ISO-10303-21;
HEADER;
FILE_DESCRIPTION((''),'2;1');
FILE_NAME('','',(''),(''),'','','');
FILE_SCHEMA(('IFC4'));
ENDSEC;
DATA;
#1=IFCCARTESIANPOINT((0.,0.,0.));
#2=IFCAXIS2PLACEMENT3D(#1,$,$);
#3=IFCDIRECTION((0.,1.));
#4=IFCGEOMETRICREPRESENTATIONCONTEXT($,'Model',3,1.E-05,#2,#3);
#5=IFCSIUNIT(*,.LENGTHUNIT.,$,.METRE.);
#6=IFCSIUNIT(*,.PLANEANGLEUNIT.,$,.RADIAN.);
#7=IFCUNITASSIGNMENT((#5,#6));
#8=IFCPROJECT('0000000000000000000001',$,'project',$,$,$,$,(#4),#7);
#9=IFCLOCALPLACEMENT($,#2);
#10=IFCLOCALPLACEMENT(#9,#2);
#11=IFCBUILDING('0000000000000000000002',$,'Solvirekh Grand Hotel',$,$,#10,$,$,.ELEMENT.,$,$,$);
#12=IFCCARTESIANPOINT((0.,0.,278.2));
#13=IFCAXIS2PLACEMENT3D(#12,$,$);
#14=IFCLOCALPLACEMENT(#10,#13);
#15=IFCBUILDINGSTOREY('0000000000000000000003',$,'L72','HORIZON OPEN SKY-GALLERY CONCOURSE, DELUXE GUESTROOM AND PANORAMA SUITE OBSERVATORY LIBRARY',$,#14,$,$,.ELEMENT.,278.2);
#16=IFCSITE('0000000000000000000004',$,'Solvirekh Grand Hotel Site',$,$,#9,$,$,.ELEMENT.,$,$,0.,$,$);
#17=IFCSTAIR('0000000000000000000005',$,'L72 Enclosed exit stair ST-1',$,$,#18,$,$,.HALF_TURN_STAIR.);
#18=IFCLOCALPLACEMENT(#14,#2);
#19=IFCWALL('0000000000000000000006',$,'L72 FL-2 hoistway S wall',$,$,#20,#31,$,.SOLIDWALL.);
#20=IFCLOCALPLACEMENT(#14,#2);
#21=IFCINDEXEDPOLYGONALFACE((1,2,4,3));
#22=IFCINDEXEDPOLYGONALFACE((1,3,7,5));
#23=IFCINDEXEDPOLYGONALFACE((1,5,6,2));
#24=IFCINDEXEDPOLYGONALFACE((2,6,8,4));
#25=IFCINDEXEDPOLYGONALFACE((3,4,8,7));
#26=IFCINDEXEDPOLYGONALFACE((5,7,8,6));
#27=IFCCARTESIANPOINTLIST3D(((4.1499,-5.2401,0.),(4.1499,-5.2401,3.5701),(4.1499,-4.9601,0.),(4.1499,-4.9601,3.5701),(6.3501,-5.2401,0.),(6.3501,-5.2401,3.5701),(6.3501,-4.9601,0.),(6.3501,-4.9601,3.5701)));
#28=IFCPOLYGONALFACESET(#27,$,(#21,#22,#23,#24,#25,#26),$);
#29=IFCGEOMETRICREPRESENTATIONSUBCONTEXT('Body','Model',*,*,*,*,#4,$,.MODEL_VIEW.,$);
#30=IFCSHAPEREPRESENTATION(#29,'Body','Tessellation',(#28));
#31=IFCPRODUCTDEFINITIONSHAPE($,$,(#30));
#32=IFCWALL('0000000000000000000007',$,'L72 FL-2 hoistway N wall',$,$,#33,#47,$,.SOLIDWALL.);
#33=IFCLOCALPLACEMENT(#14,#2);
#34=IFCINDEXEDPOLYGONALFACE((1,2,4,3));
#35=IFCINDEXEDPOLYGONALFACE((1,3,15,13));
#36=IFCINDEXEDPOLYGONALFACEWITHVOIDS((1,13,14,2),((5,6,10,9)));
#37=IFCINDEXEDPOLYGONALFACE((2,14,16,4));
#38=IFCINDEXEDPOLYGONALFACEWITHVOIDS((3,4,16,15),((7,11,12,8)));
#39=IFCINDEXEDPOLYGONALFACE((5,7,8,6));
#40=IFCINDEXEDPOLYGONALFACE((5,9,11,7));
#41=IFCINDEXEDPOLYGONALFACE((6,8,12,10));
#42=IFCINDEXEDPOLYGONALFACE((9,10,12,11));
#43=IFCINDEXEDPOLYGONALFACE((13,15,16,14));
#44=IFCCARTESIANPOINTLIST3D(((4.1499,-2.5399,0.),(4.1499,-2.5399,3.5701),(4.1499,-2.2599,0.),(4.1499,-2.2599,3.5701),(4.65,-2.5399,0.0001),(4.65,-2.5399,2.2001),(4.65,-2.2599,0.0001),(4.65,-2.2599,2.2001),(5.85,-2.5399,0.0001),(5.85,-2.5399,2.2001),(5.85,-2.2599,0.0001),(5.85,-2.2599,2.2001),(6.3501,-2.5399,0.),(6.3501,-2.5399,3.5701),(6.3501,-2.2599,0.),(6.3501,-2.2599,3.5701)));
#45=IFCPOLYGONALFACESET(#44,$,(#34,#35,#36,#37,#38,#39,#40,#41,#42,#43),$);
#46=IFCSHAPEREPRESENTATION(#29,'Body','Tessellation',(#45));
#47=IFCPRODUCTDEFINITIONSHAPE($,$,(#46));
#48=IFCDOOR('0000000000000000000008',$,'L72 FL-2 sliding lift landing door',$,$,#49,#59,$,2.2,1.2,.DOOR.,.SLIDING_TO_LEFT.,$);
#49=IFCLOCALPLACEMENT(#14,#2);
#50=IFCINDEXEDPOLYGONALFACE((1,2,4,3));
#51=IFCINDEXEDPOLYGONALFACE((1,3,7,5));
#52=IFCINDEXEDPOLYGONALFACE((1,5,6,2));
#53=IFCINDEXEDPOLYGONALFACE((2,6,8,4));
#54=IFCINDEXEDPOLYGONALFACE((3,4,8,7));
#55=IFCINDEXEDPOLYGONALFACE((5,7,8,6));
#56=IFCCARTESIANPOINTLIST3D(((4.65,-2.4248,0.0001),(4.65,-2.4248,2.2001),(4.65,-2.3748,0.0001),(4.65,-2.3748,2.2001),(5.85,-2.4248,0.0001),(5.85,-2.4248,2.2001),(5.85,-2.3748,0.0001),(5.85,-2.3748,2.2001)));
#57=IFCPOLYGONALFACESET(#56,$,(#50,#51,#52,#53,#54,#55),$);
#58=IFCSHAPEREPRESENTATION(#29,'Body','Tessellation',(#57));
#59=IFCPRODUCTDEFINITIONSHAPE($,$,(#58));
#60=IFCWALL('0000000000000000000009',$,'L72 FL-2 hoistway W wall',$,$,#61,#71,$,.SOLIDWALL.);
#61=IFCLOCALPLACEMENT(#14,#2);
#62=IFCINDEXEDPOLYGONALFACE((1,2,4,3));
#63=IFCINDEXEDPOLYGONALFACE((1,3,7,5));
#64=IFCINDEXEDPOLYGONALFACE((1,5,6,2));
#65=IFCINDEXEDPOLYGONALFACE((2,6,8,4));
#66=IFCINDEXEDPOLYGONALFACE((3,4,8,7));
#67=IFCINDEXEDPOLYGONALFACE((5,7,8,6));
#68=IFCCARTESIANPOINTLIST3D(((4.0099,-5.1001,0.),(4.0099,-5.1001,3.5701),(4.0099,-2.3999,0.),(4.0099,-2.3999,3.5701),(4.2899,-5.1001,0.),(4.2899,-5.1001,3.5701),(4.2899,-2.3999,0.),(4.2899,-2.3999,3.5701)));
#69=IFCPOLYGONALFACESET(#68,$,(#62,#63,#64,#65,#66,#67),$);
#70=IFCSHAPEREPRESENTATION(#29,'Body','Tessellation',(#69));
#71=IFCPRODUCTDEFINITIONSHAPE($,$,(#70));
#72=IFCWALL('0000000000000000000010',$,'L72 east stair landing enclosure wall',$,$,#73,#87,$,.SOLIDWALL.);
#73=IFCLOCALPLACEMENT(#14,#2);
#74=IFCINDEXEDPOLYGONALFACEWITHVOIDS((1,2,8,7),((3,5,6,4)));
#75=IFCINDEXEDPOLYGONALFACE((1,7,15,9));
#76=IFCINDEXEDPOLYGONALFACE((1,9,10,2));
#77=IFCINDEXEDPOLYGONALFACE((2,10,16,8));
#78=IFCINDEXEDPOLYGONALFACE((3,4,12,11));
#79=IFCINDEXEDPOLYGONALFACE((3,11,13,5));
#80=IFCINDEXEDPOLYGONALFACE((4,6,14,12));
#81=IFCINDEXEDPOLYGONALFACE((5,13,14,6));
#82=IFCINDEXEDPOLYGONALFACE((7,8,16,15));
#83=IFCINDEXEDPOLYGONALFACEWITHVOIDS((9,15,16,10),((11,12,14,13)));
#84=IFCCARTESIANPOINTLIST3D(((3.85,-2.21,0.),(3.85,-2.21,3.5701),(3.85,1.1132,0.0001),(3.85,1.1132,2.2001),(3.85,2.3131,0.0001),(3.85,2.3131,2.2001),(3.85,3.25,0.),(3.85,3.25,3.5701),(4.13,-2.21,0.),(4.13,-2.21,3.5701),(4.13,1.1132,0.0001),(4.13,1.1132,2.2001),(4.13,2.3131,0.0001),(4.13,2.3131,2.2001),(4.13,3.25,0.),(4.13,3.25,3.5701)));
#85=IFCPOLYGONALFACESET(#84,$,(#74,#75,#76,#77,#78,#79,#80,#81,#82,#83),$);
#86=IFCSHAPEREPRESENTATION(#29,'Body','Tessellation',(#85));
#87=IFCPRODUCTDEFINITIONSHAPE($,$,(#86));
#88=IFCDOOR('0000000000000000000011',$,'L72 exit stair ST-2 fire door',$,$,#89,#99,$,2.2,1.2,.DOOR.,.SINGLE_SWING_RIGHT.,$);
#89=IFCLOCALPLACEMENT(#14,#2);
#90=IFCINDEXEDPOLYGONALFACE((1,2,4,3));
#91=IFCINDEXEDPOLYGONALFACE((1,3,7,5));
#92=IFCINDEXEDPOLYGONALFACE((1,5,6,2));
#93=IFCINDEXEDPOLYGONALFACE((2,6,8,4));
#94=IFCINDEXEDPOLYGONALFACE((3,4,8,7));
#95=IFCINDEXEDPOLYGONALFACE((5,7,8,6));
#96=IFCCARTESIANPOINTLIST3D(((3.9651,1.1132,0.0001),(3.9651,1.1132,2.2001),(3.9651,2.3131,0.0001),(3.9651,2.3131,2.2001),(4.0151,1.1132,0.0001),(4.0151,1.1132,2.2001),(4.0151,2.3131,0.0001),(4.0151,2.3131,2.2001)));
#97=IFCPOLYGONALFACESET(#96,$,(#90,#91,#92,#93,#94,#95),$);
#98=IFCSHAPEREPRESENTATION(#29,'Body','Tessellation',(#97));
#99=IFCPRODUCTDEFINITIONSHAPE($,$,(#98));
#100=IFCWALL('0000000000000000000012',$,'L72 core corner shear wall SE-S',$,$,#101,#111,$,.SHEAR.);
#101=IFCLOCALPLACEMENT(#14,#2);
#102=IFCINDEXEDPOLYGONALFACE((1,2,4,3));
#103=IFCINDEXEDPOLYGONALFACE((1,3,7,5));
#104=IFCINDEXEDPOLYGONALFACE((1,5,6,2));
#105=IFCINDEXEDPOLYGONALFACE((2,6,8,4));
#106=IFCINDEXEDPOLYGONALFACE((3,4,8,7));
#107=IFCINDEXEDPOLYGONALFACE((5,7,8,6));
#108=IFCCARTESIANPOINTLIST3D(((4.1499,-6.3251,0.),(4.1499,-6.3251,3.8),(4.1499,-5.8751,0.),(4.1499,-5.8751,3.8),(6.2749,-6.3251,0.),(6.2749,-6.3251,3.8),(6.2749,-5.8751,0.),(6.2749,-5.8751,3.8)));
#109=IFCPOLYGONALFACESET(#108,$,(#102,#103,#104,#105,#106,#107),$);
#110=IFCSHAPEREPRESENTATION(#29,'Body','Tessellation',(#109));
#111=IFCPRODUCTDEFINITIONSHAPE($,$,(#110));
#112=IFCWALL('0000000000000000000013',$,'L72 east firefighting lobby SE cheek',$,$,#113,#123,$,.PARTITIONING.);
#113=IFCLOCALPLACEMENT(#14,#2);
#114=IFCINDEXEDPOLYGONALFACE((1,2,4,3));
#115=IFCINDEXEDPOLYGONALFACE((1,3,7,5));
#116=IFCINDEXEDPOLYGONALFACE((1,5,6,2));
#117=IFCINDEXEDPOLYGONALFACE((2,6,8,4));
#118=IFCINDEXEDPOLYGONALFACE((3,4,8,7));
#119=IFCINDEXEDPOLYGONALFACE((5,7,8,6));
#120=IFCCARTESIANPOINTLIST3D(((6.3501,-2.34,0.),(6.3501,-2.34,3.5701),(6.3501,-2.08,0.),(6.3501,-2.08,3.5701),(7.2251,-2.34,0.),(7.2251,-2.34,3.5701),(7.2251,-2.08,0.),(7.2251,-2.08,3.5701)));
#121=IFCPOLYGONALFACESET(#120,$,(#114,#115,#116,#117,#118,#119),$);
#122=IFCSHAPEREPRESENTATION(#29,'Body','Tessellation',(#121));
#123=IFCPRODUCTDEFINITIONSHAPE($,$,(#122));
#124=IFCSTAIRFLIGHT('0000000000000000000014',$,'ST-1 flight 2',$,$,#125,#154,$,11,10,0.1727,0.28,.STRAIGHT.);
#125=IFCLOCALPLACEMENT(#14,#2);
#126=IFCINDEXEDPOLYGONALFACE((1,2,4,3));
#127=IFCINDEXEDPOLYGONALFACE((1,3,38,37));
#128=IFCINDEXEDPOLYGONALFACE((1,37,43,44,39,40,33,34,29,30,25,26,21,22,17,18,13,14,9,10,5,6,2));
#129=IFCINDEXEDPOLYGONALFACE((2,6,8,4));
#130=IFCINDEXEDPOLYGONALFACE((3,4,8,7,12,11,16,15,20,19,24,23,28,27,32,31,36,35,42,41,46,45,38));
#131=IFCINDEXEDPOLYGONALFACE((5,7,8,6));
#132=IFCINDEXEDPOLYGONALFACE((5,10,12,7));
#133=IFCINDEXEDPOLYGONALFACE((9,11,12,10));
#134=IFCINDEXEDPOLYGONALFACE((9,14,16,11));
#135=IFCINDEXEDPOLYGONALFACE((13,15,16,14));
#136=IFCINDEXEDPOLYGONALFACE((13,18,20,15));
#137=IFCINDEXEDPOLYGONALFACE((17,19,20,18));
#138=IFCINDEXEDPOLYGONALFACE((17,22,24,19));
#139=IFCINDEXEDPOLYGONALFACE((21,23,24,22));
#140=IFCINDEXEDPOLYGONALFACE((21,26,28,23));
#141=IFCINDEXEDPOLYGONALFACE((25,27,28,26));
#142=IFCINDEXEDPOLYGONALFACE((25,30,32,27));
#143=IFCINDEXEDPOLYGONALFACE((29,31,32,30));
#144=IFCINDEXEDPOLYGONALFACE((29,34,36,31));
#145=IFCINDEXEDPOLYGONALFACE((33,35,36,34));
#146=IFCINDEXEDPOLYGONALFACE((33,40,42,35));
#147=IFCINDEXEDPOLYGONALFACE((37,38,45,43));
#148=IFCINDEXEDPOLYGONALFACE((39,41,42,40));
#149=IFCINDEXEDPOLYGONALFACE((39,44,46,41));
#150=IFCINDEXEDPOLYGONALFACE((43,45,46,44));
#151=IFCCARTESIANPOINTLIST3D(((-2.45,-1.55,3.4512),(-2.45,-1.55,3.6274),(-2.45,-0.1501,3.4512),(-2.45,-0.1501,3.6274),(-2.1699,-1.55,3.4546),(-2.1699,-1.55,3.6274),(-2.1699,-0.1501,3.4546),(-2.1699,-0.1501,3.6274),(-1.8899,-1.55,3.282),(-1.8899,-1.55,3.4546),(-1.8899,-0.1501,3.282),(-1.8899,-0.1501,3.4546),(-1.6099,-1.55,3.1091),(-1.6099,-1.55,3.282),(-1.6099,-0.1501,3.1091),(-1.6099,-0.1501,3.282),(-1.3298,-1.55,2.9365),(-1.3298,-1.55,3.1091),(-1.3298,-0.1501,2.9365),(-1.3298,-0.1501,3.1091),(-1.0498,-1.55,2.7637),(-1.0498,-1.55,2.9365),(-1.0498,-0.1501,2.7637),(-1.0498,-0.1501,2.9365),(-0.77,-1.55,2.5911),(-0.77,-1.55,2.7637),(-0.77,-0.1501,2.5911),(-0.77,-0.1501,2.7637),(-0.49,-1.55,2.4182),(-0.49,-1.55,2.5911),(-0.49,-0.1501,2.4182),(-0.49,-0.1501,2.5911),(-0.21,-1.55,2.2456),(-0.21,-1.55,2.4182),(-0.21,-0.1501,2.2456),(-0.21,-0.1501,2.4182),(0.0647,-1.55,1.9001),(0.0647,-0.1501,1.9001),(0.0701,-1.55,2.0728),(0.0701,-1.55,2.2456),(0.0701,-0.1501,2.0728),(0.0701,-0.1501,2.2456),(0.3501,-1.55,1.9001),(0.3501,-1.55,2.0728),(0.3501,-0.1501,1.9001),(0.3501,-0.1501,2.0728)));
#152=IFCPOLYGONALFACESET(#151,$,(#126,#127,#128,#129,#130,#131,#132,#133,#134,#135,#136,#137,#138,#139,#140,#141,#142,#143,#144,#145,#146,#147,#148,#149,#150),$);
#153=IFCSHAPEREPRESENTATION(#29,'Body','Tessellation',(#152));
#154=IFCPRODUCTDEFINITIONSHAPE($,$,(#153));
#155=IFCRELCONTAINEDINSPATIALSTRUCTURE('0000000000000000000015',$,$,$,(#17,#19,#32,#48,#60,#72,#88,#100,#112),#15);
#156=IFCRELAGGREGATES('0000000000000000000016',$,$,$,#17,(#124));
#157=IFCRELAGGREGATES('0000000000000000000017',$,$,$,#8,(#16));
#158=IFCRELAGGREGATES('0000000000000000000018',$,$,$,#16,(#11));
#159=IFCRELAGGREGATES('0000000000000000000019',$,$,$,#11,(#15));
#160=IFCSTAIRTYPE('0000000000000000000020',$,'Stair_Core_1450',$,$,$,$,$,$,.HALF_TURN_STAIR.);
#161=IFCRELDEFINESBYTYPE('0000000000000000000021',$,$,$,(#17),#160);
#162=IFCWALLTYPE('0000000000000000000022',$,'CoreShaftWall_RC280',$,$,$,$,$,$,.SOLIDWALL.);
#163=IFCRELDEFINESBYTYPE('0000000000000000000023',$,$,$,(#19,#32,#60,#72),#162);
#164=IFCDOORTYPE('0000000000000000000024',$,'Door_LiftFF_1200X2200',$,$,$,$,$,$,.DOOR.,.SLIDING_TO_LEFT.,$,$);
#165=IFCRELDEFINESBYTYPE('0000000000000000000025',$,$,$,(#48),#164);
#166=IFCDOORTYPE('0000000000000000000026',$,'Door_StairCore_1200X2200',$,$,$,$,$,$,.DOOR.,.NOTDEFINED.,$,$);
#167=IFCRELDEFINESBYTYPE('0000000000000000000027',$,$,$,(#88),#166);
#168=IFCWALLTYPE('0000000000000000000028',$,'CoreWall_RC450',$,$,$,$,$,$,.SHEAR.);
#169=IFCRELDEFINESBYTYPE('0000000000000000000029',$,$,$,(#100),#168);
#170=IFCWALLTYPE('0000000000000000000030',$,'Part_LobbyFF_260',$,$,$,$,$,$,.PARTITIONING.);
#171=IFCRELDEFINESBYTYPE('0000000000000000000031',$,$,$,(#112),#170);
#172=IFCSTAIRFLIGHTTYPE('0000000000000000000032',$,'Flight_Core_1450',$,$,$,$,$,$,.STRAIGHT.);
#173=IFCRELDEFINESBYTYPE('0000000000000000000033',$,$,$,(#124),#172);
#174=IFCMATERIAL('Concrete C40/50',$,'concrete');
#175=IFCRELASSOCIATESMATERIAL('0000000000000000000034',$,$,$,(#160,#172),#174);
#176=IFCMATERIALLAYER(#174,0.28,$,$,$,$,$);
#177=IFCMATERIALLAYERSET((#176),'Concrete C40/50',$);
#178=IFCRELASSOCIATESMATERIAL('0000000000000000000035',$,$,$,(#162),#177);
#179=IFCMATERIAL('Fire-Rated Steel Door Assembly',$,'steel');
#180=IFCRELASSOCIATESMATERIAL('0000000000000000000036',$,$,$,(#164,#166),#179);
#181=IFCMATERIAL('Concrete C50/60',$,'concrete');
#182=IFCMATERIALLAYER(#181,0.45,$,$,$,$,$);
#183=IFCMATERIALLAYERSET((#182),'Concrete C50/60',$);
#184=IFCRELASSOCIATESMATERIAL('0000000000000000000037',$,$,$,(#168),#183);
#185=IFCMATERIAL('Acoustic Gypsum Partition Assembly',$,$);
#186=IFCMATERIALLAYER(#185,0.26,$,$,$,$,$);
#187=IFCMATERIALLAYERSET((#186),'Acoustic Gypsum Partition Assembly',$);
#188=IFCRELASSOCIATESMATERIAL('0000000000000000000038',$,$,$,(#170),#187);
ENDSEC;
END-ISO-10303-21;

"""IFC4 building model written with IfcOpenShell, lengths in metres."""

from ifc_helpers import new_model, si_unit, direction, frame, frame_2d, origin, place, context, subcontext, project, spatial, polyline, rectangle, outline, extrude, material, layer, layer_set, type_object, element, fill, aggregate, save


model = new_model("IFC4")

# Units and contexts
model_context = context("Model", 3, precision=1e-05, world=origin(), true_north=direction((0.0, 1.0)))
body_context = subcontext(model_context, "Body", "Model", "MODEL_VIEW")
ifc_project = project(units=[si_unit("LENGTHUNIT", "METRE"), si_unit("PLANEANGLEUNIT", "RADIAN")], contexts=[model_context])

# Site, building, storey
site_placement = place(None, origin())
site = spatial("IfcSite", under=ifc_project, at=site_placement, Name="Solvirekh Grand Hotel Site", CompositionType="ELEMENT", RefElevation=0.0)
building_placement = place(site_placement, origin())
building = spatial("IfcBuilding", under=site, at=building_placement, Name="Solvirekh Grand Hotel", CompositionType="ELEMENT")
storey_placement = place(building_placement, frame((0.0, 0.0, 278.2)))
storey = spatial("IfcBuildingStorey", under=building, at=storey_placement, Name="L72", Description="HORIZON OPEN SKY-GALLERY CONCOURSE, DELUXE GUESTROOM AND PANORAMA SUITE OBSERVATORY LIBRARY", CompositionType="ELEMENT", Elevation=278.2)

# Shared definitions
ifc_material_1 = material(Name="Concrete C50/60", Category="concrete")

# Stair
ifc_material_2 = material(Name="Concrete C40/50", Category="concrete")
stair_type = type_object("IfcStairType", Name="Stair_Core_1450", PredefinedType="HALF_TURN_STAIR", material=ifc_material_2)
stair_placement = place(storey_placement, origin())
stair = element("IfcStair", 1, at=stair_placement, inside=storey, type_object=stair_type, Name="L72 Enclosed exit stair ST-1", PredefinedType="HALF_TURN_STAIR")

# Wall
ifc_layer_1 = layer(ifc_material_2, 0.28)
ifc_layer_set_1 = layer_set([ifc_layer_1], Name="Concrete C40/50")
wall_type_1 = type_object("IfcWallType", Name="CoreShaftWall_RC280", PredefinedType="SOLIDWALL", material=ifc_layer_set_1)
wall_1_placement = place(storey_placement, frame((4.1499, -5.1001, 0.0), z_axis=(0.0, 0.0, 1.0), x_axis=(1.0, 0.0, 0.0)))
element("IfcWall", 2, at=wall_1_placement, inside=storey, type_object=wall_type_1, Name="L72 FL-2 hoistway S wall", PredefinedType="SOLIDWALL", context=body_context, shape_type="SweptSolid", body=[
    extrude(rectangle(XDim=2.2002, YDim=0.28, at=frame_2d((1.1001, 0.0))), origin(), (0.0, 0.0, 1.0), 3.5701),
])

# Wall, opening, door
wall_2_placement = place(storey_placement, frame((6.3501, -2.3999, 0.0), z_axis=(0.0, 0.0, 1.0), x_axis=(-1.0, 0.0, 0.0)))
wall_2 = element("IfcWall", 3, at=wall_2_placement, inside=storey, type_object=wall_type_1, Name="L72 FL-2 hoistway N wall", PredefinedType="SOLIDWALL", context=body_context, shape_type="SweptSolid", body=[
    extrude(rectangle(XDim=2.2002, YDim=0.28, at=frame_2d((1.1001, 0.0))), origin(), (0.0, 0.0, 1.0), 3.5701),
])
opening_1_placement = place(wall_2_placement, frame((0.5, 0.0, 0.0)))
opening_1 = element("IfcOpeningElement", 4, at=opening_1_placement, cuts=wall_2, PredefinedType="OPENING", context=body_context, shape_type="SweptSolid", body=[
    extrude(rectangle(XDim=1.2, YDim=2.2, at=frame_2d((0.6001, 1.1001))), frame((0.0, 0.1499, 0.0), z_axis=(0.0, -1.0, 0.0), x_axis=(1.0, 0.0, 0.0)), (0.0, 0.0, 1.0), 0.3),
])
ifc_material_3 = material(Name="Fire-Rated Steel Door Assembly", Category="steel")
door_type_1 = type_object("IfcDoorType", Name="Door_LiftFF_1200X2200", OperationType="SLIDING_TO_LEFT", PredefinedType="DOOR", material=ifc_material_3)
door_1_placement = place(opening_1_placement, origin())
door_1 = element("IfcDoor", 5, at=door_1_placement, inside=storey, type_object=door_type_1, Name="L72 FL-2 sliding lift landing door", OperationType="SLIDING_TO_LEFT", OverallHeight=2.2, OverallWidth=1.2, PredefinedType="DOOR", context=body_context, shape_type="SweptSolid", body=[
    extrude(rectangle(XDim=1.2, YDim=2.2, at=frame_2d((0.6001, 1.1001))), frame((0.0, 0.0249, 0.0), z_axis=(0.0, -1.0, 0.0), x_axis=(1.0, 0.0, 0.0)), (0.0, 0.0, 1.0), 0.05),
])
fill(opening_1, door_1)

# Wall
wall_3_placement = place(storey_placement, frame((4.1499, -2.3999, 0.0), z_axis=(0.0, 0.0, 1.0), x_axis=(0.0, -1.0, 0.0)))
element("IfcWall", 6, at=wall_3_placement, inside=storey, type_object=wall_type_1, Name="L72 FL-2 hoistway W wall", PredefinedType="SOLIDWALL", context=body_context, shape_type="SweptSolid", body=[
    extrude(rectangle(XDim=2.7002, YDim=0.28, at=frame_2d((1.3501, 0.0))), origin(), (0.0, 0.0, 1.0), 3.5701),
])

# Wall, opening, door
wall_4_placement = place(storey_placement, frame((3.99, -2.21, 0.0), z_axis=(0.0, 0.0, 1.0), x_axis=(0.0, 1.0, 0.0)))
wall_4 = element("IfcWall", 7, at=wall_4_placement, inside=storey, type_object=wall_type_1, Name="L72 east stair landing enclosure wall", PredefinedType="SOLIDWALL", context=body_context, shape_type="SweptSolid", body=[
    extrude(rectangle(XDim=5.46, YDim=0.28, at=frame_2d((2.73, 0.0))), origin(), (0.0, 0.0, 1.0), 3.5701),
])
opening_2_placement = place(wall_4_placement, frame((3.323, 0.0, 0.0)))
opening_2 = element("IfcOpeningElement", 8, at=opening_2_placement, cuts=wall_4, PredefinedType="OPENING", context=body_context, shape_type="SweptSolid", body=[
    extrude(rectangle(XDim=1.2, YDim=2.2, at=frame_2d((0.6001, 1.1001))), frame((0.0, 0.1499, 0.0), z_axis=(0.0, -1.0, 0.0), x_axis=(1.0, 0.0, 0.0)), (0.0, 0.0, 1.0), 0.3),
])
door_type_2 = type_object("IfcDoorType", Name="Door_StairCore_1200X2200", OperationType="NOTDEFINED", PredefinedType="DOOR", material=ifc_material_3)
door_2_placement = place(opening_2_placement, origin())
door_2 = element("IfcDoor", 9, at=door_2_placement, inside=storey, type_object=door_type_2, Name="L72 exit stair ST-2 fire door", OperationType="SINGLE_SWING_RIGHT", OverallHeight=2.2, OverallWidth=1.2, PredefinedType="DOOR", context=body_context, shape_type="SweptSolid", body=[
    extrude(rectangle(XDim=1.2, YDim=2.2, at=frame_2d((0.6001, 1.1001))), frame((0.0, 0.0249, 0.0), z_axis=(0.0, -1.0, 0.0), x_axis=(1.0, 0.0, 0.0)), (0.0, 0.0, 1.0), 0.05),
])
fill(opening_2, door_2)

# Walls
ifc_layer_2 = layer(ifc_material_1, 0.45)
ifc_layer_set_2 = layer_set([ifc_layer_2], Name="Concrete C50/60")
wall_type_2 = type_object("IfcWallType", Name="CoreWall_RC450", PredefinedType="SHEAR", material=ifc_layer_set_2)
wall_5_placement = place(storey_placement, frame((4.1499, -6.1001, 0.0), z_axis=(0.0, 0.0, 1.0), x_axis=(1.0, 0.0, 0.0)))
element("IfcWall", 10, at=wall_5_placement, inside=storey, type_object=wall_type_2, Name="L72 core corner shear wall SE-S", PredefinedType="SHEAR", context=body_context, shape_type="SweptSolid", body=[
    extrude(rectangle(XDim=2.125, YDim=0.45, at=frame_2d((1.0625, 0.0))), origin(), (0.0, 0.0, 1.0), 3.8),
])
ifc_material_4 = material(Name="Acoustic Gypsum Partition Assembly")
ifc_layer_3 = layer(ifc_material_4, 0.26)
ifc_layer_set_3 = layer_set([ifc_layer_3], Name="Acoustic Gypsum Partition Assembly")
wall_type_3 = type_object("IfcWallType", Name="Part_LobbyFF_260", PredefinedType="PARTITIONING", material=ifc_layer_set_3)
wall_6_placement = place(storey_placement, frame((6.3501, -2.21, 0.0), z_axis=(0.0, 0.0, 1.0), x_axis=(1.0, 0.0, 0.0)))
element("IfcWall", 11, at=wall_6_placement, inside=storey, type_object=wall_type_3, Name="L72 east firefighting lobby SE cheek", PredefinedType="PARTITIONING", context=body_context, shape_type="SweptSolid", body=[
    extrude(rectangle(XDim=0.875, YDim=0.26, at=frame_2d((0.4375, 0.0))), origin(), (0.0, 0.0, 1.0), 3.5701),
])

# Stair flight
stair_flight_type = type_object("IfcStairFlightType", Name="Flight_Core_1450", PredefinedType="STRAIGHT", material=ifc_material_2)
stair_flight_placement = place(storey_placement, frame((0.3501, -0.8501, 1.9001), z_axis=(0.0, 0.0, 1.0), x_axis=(-1.0, 0.0, 0.0)))
stair_flight = element("IfcStairFlight", 12, at=stair_flight_placement, type_object=stair_flight_type, Name="ST-1 flight 2", NumberOfRisers=11, NumberOfTreads=10, PredefinedType="STRAIGHT", RiserHeight=0.1727, TreadLength=0.28, context=body_context, shape_type="SweptSolid", body=[
    extrude(outline(polyline([(0.0, 0.0), (0.0, 0.1726), (0.28, 0.1726), (0.28, 0.3455), (0.5601, 0.3455), (0.5601, 0.5181), (0.8401, 0.5181), (0.8401, 0.6909), (1.1201, 0.6909), (1.1201, 0.8635), (1.3999, 0.8635), (1.3999, 1.0364), (1.6799, 1.0364), (1.6799, 1.209), (1.96, 1.209), (1.96, 1.3818), (2.24, 1.3818), (2.24, 1.5544), (2.52, 1.5544), (2.52, 1.7273), (2.8, 1.7273), (2.8, 1.8999), (2.8, 1.551), (0.2854, 0.0), (0.0, 0.0)])), frame((0.0, 0.7, 0.0), z_axis=(0.0, -1.0, 0.0), x_axis=(1.0, 0.0, 0.0)), (0.0, 0.0, 1.0), 1.3999),
])
aggregate(stair, [stair_flight])

save(model, "model.ifc")
